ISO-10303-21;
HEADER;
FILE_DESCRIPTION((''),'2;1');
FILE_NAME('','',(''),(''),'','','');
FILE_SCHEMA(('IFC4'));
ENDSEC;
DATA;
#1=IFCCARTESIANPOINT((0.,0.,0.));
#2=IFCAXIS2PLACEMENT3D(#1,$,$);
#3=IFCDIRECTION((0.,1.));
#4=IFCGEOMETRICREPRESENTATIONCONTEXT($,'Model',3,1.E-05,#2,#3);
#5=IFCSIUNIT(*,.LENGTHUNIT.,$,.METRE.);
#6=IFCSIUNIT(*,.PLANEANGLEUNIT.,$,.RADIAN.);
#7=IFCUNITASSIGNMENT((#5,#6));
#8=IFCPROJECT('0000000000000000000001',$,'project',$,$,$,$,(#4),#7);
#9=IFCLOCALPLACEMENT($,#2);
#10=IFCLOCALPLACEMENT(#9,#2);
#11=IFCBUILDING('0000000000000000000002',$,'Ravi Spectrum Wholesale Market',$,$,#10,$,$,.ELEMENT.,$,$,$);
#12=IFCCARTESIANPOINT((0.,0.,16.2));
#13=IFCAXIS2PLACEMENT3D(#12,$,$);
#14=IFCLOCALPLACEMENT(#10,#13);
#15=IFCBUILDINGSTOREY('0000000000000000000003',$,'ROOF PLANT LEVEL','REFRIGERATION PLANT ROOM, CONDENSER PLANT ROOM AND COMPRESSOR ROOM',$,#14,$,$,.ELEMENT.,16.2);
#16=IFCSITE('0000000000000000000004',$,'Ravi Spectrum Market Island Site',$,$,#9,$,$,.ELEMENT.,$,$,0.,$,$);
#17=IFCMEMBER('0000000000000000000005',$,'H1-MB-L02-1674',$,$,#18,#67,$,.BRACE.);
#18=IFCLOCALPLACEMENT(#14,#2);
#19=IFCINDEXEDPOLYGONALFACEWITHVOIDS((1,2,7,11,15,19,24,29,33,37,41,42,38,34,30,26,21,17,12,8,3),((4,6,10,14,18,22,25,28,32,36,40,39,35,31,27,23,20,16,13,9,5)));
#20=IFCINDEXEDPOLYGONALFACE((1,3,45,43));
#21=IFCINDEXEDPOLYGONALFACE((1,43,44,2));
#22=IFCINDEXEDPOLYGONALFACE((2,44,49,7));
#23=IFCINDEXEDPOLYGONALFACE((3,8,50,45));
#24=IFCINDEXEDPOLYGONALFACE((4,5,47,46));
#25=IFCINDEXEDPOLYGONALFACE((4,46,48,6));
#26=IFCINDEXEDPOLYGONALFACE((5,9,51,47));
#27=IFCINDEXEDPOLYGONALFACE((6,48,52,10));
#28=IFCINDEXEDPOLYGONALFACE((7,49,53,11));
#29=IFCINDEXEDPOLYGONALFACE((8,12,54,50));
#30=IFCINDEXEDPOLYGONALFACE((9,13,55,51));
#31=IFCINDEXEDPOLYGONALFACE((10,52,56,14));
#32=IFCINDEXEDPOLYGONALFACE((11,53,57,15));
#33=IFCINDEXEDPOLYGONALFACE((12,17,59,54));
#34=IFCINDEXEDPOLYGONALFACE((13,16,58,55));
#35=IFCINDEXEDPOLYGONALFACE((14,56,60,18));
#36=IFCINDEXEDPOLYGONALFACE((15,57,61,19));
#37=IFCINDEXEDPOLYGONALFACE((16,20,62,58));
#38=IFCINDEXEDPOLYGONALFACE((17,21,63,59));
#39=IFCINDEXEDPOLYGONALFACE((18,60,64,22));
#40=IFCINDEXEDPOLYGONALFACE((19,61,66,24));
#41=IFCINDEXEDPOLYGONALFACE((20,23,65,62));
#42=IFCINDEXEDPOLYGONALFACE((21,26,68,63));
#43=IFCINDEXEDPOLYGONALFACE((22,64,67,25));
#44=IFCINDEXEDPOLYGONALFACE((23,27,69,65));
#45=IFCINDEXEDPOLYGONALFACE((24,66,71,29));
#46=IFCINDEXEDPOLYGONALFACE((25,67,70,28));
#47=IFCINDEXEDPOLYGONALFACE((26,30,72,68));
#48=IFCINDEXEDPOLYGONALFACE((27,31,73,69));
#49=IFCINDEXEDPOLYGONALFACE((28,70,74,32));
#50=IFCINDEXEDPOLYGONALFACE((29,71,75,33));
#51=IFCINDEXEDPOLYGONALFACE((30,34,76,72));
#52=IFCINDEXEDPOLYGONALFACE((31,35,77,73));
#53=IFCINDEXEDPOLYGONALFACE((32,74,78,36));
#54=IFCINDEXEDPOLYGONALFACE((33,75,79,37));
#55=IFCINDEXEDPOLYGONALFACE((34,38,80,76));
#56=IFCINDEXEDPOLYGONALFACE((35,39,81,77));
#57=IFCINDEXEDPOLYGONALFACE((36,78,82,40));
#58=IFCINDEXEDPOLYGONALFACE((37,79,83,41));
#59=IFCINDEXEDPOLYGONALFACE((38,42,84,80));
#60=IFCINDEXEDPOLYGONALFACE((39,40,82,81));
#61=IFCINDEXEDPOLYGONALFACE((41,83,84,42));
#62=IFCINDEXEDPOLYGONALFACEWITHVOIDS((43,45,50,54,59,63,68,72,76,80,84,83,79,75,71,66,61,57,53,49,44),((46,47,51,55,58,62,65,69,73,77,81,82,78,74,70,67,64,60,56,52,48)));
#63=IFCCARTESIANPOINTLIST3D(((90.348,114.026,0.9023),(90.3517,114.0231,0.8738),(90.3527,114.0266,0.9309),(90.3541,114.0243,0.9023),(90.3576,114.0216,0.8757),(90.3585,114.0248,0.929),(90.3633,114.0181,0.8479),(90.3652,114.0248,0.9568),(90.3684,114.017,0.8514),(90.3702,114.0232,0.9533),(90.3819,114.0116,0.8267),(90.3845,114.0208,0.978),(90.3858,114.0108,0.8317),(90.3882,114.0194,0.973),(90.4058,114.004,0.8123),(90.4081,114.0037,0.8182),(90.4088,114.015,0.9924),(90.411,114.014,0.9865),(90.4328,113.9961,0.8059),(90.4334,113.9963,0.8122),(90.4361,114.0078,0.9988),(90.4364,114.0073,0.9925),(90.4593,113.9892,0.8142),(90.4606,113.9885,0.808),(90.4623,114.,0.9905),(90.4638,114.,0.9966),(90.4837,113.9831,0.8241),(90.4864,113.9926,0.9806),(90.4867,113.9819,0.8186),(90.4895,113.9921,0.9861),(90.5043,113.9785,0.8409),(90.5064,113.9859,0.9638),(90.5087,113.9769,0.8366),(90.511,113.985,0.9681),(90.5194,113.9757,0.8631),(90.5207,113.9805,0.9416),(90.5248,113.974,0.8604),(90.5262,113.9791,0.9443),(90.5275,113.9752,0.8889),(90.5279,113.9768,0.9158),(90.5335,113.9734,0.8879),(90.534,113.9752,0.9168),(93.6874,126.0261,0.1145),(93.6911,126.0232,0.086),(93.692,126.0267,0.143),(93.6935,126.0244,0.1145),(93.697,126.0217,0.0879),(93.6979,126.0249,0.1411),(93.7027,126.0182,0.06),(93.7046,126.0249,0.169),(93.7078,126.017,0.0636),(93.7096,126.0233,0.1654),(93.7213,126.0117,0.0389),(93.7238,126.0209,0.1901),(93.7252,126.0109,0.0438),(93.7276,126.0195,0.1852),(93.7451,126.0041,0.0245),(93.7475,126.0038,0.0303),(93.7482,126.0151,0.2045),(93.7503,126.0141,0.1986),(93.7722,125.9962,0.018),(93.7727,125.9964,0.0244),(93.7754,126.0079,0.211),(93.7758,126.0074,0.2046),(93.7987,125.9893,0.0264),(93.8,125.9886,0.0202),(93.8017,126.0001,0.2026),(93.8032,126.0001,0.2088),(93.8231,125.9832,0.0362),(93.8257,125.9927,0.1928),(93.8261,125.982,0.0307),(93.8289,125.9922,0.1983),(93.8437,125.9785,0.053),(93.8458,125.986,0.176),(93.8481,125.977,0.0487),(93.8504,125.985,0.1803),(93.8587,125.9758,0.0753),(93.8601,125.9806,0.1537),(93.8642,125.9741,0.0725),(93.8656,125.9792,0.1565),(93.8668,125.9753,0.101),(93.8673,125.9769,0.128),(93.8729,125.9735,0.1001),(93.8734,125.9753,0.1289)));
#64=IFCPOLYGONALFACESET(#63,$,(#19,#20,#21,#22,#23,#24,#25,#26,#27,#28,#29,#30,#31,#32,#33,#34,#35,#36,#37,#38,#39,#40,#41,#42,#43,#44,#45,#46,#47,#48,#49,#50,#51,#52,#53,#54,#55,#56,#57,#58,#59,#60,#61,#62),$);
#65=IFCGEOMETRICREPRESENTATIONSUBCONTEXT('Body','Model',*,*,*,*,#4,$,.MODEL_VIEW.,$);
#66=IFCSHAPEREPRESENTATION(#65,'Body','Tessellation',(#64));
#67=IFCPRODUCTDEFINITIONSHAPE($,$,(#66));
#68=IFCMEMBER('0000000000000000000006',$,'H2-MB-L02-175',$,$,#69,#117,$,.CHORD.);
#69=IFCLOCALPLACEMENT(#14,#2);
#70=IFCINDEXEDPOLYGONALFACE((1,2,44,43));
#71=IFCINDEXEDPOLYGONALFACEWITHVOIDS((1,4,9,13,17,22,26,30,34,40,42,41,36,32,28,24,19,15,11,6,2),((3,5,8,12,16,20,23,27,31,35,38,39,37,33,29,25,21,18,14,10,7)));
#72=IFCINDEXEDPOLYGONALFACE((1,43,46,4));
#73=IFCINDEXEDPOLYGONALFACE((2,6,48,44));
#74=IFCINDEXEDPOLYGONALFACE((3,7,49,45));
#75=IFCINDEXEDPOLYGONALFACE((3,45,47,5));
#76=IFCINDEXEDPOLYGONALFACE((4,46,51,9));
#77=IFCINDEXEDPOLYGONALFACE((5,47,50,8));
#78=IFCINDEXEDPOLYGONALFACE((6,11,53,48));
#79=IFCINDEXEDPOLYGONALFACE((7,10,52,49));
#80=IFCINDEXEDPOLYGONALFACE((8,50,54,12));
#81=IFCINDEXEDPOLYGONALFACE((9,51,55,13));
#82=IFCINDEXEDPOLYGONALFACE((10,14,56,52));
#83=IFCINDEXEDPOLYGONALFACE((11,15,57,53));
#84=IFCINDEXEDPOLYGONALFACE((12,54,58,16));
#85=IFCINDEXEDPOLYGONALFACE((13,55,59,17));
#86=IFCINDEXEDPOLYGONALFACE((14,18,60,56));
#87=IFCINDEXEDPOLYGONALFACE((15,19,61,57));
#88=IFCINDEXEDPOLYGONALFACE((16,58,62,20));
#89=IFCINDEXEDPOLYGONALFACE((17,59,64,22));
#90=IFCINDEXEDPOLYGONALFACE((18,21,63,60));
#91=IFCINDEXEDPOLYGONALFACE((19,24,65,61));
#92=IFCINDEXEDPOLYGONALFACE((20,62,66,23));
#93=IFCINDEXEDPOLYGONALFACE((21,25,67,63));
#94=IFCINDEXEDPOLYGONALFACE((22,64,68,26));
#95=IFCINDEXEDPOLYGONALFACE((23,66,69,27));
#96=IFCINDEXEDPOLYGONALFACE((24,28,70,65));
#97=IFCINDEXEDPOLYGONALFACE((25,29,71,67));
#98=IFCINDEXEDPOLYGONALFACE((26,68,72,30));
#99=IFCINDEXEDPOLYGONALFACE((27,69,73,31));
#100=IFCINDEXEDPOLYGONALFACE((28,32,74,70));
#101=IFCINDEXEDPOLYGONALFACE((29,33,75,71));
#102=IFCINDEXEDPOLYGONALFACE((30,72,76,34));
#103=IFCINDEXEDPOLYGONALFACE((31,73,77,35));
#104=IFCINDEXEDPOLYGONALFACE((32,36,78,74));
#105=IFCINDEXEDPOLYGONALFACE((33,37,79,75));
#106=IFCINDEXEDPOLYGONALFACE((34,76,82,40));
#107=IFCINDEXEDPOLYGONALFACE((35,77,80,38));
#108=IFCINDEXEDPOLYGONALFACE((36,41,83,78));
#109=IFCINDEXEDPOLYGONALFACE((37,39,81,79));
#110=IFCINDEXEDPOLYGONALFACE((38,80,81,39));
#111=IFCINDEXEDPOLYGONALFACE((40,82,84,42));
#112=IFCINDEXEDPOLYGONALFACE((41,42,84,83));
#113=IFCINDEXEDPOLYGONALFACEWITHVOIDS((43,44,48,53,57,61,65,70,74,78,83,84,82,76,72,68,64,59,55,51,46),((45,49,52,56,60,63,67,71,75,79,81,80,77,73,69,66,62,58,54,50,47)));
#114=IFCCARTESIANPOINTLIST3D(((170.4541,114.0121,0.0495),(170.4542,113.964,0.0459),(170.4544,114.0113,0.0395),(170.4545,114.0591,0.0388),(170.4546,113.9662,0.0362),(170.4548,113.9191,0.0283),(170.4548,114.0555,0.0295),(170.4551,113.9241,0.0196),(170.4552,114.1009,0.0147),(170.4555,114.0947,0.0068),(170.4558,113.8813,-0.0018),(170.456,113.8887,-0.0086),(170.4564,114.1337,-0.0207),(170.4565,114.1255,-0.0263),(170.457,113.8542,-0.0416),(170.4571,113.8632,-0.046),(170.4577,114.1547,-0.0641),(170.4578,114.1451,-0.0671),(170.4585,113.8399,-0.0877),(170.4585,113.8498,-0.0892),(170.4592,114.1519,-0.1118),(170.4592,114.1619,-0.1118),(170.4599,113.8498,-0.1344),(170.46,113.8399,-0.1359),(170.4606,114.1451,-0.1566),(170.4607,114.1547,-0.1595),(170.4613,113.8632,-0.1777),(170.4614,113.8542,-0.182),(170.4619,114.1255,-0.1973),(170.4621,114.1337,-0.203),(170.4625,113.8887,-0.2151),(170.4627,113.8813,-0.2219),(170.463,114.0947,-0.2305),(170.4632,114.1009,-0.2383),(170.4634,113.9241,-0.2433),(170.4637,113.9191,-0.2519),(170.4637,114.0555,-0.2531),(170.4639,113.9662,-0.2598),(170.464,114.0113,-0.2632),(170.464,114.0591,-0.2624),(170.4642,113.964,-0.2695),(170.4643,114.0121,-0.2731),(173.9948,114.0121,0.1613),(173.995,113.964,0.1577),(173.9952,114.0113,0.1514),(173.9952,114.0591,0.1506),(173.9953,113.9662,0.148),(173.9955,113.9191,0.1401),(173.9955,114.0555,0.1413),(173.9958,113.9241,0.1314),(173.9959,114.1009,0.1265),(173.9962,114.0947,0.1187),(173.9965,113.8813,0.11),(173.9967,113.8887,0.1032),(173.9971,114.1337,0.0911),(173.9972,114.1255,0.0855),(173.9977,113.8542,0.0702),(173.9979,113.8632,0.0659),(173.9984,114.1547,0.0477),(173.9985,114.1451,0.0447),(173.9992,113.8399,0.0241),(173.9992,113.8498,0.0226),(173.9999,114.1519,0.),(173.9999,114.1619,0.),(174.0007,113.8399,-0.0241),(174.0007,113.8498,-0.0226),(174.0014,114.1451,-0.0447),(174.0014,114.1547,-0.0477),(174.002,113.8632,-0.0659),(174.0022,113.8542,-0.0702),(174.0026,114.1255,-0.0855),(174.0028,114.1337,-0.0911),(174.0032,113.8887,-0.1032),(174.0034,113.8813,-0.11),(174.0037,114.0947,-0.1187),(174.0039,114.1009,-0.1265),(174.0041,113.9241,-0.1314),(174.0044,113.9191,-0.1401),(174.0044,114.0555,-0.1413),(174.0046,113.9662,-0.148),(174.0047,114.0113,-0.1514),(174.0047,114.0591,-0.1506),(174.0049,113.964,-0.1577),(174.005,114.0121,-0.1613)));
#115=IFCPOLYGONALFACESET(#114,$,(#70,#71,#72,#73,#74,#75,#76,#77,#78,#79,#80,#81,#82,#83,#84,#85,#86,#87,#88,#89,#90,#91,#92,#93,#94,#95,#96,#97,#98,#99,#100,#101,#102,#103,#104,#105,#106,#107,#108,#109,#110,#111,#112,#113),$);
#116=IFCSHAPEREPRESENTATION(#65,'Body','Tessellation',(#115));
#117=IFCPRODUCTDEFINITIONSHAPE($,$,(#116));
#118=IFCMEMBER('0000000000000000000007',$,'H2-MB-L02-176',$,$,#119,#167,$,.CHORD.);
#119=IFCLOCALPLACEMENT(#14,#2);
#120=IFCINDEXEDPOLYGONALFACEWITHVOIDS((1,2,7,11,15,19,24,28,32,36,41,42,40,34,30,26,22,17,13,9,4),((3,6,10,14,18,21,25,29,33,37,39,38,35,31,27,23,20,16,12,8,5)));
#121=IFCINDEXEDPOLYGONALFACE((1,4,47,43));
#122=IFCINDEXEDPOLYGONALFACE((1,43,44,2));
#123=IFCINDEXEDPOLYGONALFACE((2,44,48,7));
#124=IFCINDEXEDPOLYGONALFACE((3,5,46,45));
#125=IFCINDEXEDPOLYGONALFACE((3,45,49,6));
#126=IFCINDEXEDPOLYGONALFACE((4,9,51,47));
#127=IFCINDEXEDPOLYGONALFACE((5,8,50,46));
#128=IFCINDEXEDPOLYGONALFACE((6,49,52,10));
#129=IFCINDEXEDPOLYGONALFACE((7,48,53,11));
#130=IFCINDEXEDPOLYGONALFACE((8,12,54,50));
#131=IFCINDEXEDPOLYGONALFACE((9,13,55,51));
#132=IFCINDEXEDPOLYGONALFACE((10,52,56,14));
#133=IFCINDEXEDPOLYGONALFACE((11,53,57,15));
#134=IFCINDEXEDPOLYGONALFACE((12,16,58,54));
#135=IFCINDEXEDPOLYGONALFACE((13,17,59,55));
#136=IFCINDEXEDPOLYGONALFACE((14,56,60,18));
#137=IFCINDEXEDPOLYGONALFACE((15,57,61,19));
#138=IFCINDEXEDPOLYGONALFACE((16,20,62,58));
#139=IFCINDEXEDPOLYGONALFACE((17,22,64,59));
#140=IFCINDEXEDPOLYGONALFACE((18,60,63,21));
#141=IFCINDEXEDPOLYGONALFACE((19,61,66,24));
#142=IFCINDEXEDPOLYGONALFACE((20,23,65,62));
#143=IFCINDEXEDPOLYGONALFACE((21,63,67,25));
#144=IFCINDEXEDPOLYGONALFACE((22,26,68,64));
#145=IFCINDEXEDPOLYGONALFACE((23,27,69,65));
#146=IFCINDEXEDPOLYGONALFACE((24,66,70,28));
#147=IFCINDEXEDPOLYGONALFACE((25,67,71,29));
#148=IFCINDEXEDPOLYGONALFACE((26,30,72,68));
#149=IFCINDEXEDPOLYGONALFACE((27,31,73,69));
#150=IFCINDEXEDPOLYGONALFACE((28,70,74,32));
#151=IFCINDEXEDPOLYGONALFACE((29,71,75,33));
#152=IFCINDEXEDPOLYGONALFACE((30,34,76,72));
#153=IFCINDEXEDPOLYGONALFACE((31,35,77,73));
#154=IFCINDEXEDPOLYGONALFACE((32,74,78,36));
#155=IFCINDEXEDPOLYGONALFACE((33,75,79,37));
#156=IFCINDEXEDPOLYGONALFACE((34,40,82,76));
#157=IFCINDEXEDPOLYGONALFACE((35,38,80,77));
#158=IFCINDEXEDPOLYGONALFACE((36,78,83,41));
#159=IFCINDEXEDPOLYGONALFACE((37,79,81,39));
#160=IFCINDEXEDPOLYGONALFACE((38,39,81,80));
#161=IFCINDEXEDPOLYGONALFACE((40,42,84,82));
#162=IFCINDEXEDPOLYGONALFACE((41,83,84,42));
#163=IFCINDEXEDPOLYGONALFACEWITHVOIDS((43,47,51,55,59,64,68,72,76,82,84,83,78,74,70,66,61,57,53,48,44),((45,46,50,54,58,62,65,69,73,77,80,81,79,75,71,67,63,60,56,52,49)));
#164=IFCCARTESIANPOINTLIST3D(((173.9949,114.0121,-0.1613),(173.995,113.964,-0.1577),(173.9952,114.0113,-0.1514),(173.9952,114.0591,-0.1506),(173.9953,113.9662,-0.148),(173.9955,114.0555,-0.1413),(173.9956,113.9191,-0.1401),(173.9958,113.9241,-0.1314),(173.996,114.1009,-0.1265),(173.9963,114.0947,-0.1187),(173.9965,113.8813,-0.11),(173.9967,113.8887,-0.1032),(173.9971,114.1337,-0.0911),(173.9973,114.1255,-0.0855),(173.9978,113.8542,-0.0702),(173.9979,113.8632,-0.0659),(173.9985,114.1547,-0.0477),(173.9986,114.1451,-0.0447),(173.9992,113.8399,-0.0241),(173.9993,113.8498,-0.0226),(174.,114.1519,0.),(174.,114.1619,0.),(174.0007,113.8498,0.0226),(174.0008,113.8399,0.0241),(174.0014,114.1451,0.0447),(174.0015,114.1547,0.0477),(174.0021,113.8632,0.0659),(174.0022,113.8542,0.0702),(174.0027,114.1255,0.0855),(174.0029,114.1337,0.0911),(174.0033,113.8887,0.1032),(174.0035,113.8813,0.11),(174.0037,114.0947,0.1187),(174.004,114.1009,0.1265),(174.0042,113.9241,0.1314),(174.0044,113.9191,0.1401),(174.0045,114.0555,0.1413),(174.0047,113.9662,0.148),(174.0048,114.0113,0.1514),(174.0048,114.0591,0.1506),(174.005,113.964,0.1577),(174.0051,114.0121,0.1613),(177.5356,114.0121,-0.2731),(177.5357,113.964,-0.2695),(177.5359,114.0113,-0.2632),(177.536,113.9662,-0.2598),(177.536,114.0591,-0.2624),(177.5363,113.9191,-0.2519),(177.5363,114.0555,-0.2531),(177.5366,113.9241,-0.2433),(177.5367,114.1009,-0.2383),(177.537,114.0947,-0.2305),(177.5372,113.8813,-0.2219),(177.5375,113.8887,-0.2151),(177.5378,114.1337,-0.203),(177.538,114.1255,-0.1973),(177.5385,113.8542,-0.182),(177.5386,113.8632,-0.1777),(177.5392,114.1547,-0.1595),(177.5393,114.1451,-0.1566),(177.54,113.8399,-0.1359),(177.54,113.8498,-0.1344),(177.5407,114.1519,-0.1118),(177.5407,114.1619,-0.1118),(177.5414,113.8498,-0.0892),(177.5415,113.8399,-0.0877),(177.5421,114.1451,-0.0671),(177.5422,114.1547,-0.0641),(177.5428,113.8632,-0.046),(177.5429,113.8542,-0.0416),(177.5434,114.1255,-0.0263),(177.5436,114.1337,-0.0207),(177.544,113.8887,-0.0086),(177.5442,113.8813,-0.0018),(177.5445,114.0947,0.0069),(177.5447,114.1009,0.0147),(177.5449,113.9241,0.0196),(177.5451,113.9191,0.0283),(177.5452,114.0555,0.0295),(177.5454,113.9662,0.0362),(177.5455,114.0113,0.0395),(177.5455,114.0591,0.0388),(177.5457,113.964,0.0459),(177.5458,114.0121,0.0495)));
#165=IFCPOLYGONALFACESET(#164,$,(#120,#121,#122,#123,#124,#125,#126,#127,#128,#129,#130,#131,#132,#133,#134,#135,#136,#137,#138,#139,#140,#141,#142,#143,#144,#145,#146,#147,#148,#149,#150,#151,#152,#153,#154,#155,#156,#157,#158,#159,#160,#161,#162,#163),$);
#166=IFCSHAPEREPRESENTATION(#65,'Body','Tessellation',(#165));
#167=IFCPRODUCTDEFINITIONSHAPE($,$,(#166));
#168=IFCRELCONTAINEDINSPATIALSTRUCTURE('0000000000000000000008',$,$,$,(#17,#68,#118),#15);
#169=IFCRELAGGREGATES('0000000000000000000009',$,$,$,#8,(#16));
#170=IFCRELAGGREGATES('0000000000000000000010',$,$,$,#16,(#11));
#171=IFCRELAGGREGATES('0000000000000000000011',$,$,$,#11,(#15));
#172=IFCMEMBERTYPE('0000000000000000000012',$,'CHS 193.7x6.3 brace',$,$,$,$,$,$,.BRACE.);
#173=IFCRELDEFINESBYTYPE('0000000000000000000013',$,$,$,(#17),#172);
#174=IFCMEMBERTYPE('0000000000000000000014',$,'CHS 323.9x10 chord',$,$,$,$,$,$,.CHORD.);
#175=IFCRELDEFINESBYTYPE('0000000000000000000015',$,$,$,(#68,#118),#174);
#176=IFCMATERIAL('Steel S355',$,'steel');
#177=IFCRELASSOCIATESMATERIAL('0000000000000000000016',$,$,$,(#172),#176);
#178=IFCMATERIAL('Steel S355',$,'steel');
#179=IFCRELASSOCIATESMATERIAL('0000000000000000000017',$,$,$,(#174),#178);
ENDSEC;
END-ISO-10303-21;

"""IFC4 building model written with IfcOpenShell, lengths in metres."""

from ifc_helpers import new_model, si_unit, direction, frame, origin, origin_2d, place, context, subcontext, project, spatial, hollow_circle, extrude, material, material_profile, profile_set, type_object, element, save


model = new_model("IFC4")

# Units and contexts
model_context = context("Model", 3, precision=1e-05, world=origin(), true_north=direction((0.0, 1.0)))
body_context = subcontext(model_context, "Body", "Model", "MODEL_VIEW")
ifc_project = project(units=[si_unit("LENGTHUNIT", "METRE"), si_unit("PLANEANGLEUNIT", "RADIAN")], contexts=[model_context])

# Site, building, storey
site_placement = place(None, origin())
site = spatial("IfcSite", under=ifc_project, at=site_placement, Name="Ravi Spectrum Market Island Site", CompositionType="ELEMENT", RefElevation=0.0)
building_placement = place(site_placement, origin())
building = spatial("IfcBuilding", under=site, at=building_placement, Name="Ravi Spectrum Wholesale Market", CompositionType="ELEMENT")
storey_placement = place(building_placement, frame((0.0, 0.0, 16.2)))
storey = spatial("IfcBuildingStorey", under=building, at=storey_placement, Name="ROOF PLANT LEVEL", Description="REFRIGERATION PLANT ROOM, CONDENSER PLANT ROOM AND COMPRESSOR ROOM", CompositionType="ELEMENT", Elevation=16.2)

# Members
ifc_material_1 = material(Name="Steel S355", Category="steel")
ifc_material_profile_1 = material_profile(ifc_material_1, hollow_circle(Radius=0.0969, WallThickness=0.0063, at=origin_2d()))
ifc_profile_set_1 = profile_set([ifc_material_profile_1], Name="Steel S355")
member_type_1 = type_object("IfcMemberType", Name="CHS 193.7x6.3 brace", PredefinedType="BRACE", material=ifc_profile_set_1)
member_1_placement = place(storey_placement, frame((90.4414, 114.0, 0.9023), z_axis=(0.267558, 0.961472, -0.063124), x_axis=(-0.963393, 0.268093, 0.0)))
element("IfcMember", 1, at=member_1_placement, inside=storey, type_object=member_type_1, Name="H1-MB-L02-1674", PredefinedType="BRACE", context=body_context, shape_type="SweptSolid", body=[
    extrude(hollow_circle(Radius=0.0969, WallThickness=0.0063, at=origin_2d()), origin(), (0.0, 0.0, 1.0), 12.481),
])
ifc_material_2 = material(Name="Steel S355", Category="steel")
ifc_material_profile_2 = material_profile(ifc_material_2, hollow_circle(Radius=0.1619, WallThickness=0.01, at=origin_2d()))
ifc_profile_set_2 = profile_set([ifc_material_profile_2], Name="Steel S355")
member_type_2 = type_object("IfcMemberType", Name="CHS 323.9x10 chord", PredefinedType="CHORD", material=ifc_profile_set_2)
for number, where, z_axis, x_axis, name in (
    (2, (170.4592, 114.0, -0.1118), (0.999502, 0.0, 0.031564), (0.0, 1.0, 0.0), "H2-MB-L02-175"),
    (3, (174.0, 114.0, 0.0), (0.999502, 0.0, -0.031564), (0.0, 1.0, 0.0), "H2-MB-L02-176"),
):
    element("IfcMember", number, at=place(storey_placement, frame(where, z_axis=z_axis, x_axis=x_axis)), inside=storey, type_object=member_type_2, Name=name, PredefinedType="CHORD", context=body_context, shape_type="SweptSolid", body=[
        extrude(hollow_circle(Radius=0.1619, WallThickness=0.01, at=origin_2d()), origin(), (0.0, 0.0, 1.0), 3.5425),
    ])

save(model, "model.ifc")
